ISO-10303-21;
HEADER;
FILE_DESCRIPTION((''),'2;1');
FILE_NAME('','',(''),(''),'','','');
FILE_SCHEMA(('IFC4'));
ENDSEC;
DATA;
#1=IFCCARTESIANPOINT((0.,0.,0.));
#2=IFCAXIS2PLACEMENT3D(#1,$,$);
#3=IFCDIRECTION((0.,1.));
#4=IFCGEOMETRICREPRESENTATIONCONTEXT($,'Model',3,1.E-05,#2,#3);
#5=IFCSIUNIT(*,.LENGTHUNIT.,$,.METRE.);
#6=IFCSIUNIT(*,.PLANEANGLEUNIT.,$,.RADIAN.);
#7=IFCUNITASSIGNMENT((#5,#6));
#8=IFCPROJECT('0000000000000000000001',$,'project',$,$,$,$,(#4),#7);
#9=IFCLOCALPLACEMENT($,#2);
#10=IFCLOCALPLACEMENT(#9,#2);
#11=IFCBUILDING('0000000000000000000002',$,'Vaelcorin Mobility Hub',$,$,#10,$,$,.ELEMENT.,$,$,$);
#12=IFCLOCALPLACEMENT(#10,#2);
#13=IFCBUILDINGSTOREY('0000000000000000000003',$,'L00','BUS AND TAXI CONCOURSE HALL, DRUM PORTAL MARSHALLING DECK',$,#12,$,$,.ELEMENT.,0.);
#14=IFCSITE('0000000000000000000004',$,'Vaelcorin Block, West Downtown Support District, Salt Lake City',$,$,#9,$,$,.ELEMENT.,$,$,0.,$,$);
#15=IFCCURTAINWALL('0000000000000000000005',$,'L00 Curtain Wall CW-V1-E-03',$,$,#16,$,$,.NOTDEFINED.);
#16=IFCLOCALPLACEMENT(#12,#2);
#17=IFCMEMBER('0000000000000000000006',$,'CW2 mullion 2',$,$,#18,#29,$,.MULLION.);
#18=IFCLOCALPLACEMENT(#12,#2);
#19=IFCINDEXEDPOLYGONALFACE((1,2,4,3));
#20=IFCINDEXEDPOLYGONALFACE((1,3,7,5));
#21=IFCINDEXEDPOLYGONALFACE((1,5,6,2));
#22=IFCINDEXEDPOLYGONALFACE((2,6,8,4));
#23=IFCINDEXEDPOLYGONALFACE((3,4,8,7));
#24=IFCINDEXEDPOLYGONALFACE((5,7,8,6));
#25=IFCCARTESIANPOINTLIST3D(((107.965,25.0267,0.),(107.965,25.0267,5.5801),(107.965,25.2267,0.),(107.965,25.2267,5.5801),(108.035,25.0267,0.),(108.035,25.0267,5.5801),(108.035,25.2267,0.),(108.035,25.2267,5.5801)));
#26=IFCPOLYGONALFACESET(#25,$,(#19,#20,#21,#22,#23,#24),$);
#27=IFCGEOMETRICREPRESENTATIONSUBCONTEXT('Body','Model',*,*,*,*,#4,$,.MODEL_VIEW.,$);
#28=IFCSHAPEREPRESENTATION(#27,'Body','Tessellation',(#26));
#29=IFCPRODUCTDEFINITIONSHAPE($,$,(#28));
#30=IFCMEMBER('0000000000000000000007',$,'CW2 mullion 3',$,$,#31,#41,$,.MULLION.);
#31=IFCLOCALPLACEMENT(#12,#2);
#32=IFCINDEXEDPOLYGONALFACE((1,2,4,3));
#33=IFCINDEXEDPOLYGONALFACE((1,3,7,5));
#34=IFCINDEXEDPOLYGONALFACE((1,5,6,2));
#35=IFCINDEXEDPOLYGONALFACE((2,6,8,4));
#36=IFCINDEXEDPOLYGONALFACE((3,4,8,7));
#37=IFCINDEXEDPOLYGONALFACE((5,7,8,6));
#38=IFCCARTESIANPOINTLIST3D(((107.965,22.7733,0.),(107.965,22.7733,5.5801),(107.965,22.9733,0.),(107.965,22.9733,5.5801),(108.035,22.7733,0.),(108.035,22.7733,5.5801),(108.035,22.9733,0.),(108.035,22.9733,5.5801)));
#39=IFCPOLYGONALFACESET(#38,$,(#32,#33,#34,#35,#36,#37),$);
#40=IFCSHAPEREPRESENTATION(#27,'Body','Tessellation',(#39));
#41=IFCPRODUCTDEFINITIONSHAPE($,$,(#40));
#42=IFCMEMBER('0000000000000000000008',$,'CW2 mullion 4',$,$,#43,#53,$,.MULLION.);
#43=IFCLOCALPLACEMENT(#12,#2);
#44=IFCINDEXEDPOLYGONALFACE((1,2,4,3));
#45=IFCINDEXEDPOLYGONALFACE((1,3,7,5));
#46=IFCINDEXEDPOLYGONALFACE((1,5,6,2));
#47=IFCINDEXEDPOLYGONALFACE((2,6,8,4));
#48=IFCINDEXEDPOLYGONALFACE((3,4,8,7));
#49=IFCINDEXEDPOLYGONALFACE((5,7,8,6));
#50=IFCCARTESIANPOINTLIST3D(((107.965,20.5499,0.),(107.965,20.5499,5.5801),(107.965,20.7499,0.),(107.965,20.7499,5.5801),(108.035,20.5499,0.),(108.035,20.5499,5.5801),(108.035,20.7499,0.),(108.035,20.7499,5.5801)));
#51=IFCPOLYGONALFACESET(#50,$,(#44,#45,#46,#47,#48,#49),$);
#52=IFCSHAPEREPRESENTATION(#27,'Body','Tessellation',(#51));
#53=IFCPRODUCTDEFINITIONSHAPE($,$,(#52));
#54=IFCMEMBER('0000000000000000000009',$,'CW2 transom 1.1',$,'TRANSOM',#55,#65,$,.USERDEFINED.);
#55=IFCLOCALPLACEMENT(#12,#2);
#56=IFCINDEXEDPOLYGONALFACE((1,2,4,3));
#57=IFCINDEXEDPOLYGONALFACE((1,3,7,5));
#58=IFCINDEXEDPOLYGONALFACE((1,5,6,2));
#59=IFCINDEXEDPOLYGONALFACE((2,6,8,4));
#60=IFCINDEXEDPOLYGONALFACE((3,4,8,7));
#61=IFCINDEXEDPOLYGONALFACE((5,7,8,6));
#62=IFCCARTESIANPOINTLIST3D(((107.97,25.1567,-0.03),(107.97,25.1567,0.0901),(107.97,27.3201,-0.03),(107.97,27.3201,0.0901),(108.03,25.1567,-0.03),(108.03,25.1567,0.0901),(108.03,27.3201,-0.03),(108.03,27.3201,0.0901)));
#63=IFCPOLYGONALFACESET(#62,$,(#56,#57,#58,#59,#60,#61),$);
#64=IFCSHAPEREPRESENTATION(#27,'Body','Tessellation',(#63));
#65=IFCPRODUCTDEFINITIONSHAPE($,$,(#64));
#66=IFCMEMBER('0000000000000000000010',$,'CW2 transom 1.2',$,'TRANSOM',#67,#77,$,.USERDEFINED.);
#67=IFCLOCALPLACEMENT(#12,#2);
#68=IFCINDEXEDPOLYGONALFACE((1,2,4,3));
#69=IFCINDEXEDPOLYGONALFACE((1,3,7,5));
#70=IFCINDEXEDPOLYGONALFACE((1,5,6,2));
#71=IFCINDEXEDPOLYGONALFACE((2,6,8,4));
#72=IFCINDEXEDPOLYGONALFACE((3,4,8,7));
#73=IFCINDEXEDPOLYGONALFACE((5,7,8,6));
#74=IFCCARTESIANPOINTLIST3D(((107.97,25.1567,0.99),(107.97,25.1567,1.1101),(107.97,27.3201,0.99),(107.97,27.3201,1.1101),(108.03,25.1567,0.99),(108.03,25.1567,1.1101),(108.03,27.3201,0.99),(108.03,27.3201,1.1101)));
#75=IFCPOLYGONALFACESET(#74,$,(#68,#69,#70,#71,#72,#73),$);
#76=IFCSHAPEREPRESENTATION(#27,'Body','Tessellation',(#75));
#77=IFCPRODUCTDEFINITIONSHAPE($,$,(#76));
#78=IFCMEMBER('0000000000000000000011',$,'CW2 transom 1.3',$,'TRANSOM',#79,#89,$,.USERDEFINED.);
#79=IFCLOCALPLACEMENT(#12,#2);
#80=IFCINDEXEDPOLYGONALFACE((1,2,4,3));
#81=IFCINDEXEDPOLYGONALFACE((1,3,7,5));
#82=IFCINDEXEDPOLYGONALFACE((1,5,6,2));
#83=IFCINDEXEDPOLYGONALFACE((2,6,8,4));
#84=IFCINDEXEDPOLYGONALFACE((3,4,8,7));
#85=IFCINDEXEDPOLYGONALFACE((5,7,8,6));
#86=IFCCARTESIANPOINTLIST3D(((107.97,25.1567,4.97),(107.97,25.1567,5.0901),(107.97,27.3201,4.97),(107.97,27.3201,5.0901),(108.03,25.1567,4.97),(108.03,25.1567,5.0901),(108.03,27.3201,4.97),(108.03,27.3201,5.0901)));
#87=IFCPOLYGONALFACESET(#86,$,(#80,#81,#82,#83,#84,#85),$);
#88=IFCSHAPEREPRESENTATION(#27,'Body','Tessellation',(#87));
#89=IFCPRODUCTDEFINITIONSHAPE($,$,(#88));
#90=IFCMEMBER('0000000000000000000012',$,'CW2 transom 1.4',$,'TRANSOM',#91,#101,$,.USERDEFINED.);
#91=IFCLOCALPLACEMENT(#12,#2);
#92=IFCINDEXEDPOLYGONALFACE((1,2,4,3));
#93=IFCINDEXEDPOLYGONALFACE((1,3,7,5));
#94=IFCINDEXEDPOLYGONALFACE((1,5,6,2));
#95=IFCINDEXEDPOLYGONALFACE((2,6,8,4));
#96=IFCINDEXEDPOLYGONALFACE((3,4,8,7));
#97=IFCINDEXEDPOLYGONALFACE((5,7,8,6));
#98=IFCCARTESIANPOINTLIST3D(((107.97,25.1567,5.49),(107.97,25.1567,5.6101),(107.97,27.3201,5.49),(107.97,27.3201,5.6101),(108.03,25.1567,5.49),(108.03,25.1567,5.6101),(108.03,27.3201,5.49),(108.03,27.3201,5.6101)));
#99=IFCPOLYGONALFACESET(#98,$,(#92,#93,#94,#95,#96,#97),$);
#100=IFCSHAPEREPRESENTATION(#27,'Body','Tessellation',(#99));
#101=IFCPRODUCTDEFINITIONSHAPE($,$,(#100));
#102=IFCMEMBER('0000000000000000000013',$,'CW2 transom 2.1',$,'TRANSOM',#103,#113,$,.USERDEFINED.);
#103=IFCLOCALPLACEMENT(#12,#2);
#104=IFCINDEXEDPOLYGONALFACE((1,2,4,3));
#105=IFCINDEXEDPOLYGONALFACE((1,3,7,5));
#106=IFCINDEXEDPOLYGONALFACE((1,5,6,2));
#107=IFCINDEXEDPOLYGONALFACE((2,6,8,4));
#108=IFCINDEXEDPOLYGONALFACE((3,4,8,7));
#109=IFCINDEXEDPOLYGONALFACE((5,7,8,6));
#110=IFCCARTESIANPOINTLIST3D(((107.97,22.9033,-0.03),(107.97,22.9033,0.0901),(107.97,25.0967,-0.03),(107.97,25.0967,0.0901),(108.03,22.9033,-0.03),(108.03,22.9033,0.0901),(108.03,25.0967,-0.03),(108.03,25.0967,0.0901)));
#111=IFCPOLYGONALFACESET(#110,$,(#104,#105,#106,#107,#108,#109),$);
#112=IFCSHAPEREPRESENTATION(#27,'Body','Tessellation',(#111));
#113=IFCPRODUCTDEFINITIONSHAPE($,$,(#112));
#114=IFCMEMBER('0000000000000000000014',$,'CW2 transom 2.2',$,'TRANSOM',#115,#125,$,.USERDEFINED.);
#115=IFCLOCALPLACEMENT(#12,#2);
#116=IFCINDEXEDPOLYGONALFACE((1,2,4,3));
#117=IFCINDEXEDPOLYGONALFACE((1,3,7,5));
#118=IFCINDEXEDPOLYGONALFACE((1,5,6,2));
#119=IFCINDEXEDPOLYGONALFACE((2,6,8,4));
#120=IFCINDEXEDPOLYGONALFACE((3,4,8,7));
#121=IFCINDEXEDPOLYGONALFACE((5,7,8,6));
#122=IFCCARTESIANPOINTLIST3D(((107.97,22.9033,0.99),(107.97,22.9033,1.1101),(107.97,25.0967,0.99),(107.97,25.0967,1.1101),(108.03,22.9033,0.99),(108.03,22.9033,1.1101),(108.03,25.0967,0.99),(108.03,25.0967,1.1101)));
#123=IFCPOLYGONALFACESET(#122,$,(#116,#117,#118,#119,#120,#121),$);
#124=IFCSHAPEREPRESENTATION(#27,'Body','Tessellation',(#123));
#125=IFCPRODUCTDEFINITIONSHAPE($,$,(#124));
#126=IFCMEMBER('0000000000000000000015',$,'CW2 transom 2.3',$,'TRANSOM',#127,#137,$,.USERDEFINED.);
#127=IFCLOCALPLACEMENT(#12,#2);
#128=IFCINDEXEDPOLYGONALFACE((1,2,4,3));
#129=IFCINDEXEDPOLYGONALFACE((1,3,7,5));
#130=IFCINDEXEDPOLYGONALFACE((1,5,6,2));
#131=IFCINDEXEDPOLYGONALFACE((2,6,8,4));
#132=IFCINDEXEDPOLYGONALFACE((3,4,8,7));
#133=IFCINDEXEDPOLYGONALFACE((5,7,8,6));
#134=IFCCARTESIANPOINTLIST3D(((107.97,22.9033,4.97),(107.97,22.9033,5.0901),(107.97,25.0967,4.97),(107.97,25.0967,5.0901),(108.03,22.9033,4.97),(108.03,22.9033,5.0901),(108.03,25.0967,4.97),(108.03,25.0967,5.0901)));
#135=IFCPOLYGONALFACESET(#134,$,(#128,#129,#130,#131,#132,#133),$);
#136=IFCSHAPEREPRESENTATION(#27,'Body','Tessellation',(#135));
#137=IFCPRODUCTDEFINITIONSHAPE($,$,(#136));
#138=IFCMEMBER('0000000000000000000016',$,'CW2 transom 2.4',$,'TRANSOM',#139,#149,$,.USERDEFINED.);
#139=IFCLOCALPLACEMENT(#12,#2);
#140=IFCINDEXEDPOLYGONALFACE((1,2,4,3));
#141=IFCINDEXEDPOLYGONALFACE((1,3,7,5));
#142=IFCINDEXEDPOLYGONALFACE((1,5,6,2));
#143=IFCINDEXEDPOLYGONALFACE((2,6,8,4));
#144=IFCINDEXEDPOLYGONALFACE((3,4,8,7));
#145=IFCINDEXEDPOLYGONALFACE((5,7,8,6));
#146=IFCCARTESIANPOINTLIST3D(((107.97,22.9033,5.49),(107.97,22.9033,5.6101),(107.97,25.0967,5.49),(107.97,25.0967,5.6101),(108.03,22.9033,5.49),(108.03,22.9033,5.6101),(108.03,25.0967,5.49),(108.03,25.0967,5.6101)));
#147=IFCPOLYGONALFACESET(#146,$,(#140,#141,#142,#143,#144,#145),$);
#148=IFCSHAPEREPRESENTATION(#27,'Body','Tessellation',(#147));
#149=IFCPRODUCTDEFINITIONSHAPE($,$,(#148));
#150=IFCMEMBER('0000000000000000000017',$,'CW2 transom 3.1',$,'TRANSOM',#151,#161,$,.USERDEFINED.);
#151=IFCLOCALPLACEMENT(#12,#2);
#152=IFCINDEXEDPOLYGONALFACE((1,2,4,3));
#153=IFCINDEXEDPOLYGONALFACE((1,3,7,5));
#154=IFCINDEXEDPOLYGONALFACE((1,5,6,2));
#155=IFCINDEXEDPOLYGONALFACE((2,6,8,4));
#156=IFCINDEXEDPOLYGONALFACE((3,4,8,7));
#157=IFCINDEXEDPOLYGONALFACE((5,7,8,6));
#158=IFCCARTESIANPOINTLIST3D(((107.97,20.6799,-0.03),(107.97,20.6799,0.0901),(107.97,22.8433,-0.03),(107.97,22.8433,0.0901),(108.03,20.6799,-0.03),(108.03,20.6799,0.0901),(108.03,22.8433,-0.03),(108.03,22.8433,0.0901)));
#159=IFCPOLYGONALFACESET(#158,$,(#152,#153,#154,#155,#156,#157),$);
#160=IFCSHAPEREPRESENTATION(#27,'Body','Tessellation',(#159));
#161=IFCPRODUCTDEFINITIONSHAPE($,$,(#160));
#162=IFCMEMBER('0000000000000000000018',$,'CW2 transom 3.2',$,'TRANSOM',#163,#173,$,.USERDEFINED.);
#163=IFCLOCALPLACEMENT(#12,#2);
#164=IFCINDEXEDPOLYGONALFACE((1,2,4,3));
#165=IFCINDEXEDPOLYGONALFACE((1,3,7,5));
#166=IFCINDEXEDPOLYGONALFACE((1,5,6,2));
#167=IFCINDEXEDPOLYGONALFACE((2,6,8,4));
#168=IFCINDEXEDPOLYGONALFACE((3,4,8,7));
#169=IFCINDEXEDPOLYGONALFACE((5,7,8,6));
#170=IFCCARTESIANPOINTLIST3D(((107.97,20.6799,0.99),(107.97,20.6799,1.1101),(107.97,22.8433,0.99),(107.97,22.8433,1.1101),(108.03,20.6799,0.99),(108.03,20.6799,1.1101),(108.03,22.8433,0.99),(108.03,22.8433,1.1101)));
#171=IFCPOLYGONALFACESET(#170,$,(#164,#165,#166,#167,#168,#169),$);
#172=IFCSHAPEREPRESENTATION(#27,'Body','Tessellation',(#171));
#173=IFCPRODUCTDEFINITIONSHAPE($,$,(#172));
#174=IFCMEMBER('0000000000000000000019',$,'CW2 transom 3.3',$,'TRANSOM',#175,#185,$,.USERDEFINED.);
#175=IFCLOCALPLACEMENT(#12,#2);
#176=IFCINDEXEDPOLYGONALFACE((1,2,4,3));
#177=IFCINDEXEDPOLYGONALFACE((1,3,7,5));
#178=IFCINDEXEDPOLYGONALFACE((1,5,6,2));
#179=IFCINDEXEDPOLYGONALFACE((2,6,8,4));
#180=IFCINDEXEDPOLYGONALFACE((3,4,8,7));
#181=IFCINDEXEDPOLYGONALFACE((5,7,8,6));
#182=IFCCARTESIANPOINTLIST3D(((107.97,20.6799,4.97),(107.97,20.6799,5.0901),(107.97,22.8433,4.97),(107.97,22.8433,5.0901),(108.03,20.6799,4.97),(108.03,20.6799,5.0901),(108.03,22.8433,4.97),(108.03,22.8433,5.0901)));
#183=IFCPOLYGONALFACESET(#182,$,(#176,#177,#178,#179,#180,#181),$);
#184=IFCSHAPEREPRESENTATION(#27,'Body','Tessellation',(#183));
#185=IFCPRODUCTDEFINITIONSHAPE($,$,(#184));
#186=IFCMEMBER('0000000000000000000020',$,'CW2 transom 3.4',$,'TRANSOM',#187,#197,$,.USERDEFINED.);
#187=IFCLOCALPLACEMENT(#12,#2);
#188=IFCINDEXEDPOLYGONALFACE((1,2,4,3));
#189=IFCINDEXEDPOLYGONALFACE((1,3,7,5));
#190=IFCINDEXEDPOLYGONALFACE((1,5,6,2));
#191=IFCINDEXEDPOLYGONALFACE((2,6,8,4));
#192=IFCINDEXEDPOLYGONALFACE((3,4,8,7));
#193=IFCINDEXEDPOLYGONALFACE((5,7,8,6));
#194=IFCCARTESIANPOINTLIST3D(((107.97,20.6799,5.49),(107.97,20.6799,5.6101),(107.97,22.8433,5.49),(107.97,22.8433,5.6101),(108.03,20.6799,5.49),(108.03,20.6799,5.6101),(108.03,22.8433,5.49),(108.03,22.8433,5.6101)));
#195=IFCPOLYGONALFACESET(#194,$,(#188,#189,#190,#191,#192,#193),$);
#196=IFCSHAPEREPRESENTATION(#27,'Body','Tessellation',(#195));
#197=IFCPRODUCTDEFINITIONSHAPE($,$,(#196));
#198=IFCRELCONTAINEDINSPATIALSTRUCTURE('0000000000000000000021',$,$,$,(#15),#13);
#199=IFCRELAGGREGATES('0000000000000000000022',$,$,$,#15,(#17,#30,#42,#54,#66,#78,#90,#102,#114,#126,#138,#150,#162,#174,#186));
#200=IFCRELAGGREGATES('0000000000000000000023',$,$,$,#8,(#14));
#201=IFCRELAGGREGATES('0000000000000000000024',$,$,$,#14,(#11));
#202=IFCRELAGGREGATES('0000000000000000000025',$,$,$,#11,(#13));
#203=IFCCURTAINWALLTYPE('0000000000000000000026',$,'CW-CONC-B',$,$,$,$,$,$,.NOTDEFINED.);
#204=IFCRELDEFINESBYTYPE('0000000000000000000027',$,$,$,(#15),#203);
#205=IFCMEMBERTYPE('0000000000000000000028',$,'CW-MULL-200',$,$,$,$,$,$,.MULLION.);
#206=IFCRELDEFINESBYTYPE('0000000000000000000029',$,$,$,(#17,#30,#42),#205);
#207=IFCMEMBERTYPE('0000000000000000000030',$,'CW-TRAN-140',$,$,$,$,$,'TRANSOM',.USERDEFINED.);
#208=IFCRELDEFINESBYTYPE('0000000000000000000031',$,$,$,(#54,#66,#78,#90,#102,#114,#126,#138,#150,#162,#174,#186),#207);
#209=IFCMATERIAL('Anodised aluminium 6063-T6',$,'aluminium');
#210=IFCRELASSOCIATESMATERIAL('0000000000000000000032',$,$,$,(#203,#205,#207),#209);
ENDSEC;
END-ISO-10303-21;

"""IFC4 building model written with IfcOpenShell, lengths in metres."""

from ifc_helpers import new_model, si_unit, direction, frame, origin, origin_2d, place, context, subcontext, project, spatial, rectangle, extrude, material, material_profile, profile_set, type_object, element, aggregate, save


model = new_model("IFC4")

# Units and contexts
model_context = context("Model", 3, precision=1e-05, world=origin(), true_north=direction((0.0, 1.0)))
body_context = subcontext(model_context, "Body", "Model", "MODEL_VIEW")
ifc_project = project(units=[si_unit("LENGTHUNIT", "METRE"), si_unit("PLANEANGLEUNIT", "RADIAN")], contexts=[model_context])

# Site, building, storey
site_placement = place(None, origin())
site = spatial("IfcSite", under=ifc_project, at=site_placement, Name="Vaelcorin Block, West Downtown Support District, Salt Lake City", CompositionType="ELEMENT", RefElevation=0.0)
building_placement = place(site_placement, origin())
building = spatial("IfcBuilding", under=site, at=building_placement, Name="Vaelcorin Mobility Hub", CompositionType="ELEMENT")
storey_placement = place(building_placement, origin())
storey = spatial("IfcBuildingStorey", under=building, at=storey_placement, Name="L00", Description="BUS AND TAXI CONCOURSE HALL, DRUM PORTAL MARSHALLING DECK", CompositionType="ELEMENT", Elevation=0.0)

# Curtain wall, members
ifc_material_1 = material(Name="Anodised aluminium 6063-T6", Category="aluminium")
curtain_wall_type = type_object("IfcCurtainWallType", Name="CW-CONC-B", PredefinedType="NOTDEFINED", material=ifc_material_1)
curtain_wall_placement = place(storey_placement, origin())
curtain_wall = element("IfcCurtainWall", 1, at=curtain_wall_placement, inside=storey, type_object=curtain_wall_type, Name="L00 Curtain Wall CW-V1-E-03", PredefinedType="NOTDEFINED")
ifc_material_profile_1 = material_profile(ifc_material_1, rectangle(XDim=0.0701, YDim=0.2, at=origin_2d()), Name="ALU-M70X200")
ifc_profile_set_1 = profile_set([ifc_material_profile_1], Name="Anodised aluminium 6063-T6")
member_type_1 = type_object("IfcMemberType", Name="CW-MULL-200", PredefinedType="MULLION", material=ifc_profile_set_1)
member_1_placement = place(storey_placement, frame((108.0, 25.1267, 0.0), z_axis=(0.0, 0.0, 1.0), x_axis=(1.0, 0.0, 0.0)))
member_1 = element("IfcMember", 2, at=member_1_placement, type_object=member_type_1, Name="CW2 mullion 2", PredefinedType="MULLION", context=body_context, shape_type="SweptSolid", body=[
    extrude(rectangle(XDim=0.0701, YDim=0.2, at=origin_2d()), origin(), (0.0, 0.0, 1.0), 5.5801),
])
member_2_placement = place(storey_placement, frame((108.0, 22.8733, 0.0), z_axis=(0.0, 0.0, 1.0), x_axis=(1.0, 0.0, 0.0)))
member_2 = element("IfcMember", 3, at=member_2_placement, type_object=member_type_1, Name="CW2 mullion 3", PredefinedType="MULLION", context=body_context, shape_type="SweptSolid", body=[
    extrude(rectangle(XDim=0.0701, YDim=0.2, at=origin_2d()), origin(), (0.0, 0.0, 1.0), 5.5801),
])
member_3_placement = place(storey_placement, frame((108.0, 20.6499, 0.0), z_axis=(0.0, 0.0, 1.0), x_axis=(1.0, 0.0, 0.0)))
member_3 = element("IfcMember", 4, at=member_3_placement, type_object=member_type_1, Name="CW2 mullion 4", PredefinedType="MULLION", context=body_context, shape_type="SweptSolid", body=[
    extrude(rectangle(XDim=0.0701, YDim=0.2, at=origin_2d()), origin(), (0.0, 0.0, 1.0), 5.5801),
])
ifc_material_profile_2 = material_profile(ifc_material_1, rectangle(XDim=0.0601, YDim=0.1201, at=origin_2d()), Name="ALU-T60X120")
ifc_profile_set_2 = profile_set([ifc_material_profile_2], Name="Anodised aluminium 6063-T6")
member_type_2 = type_object("IfcMemberType", Name="CW-TRAN-140", ElementType="TRANSOM", PredefinedType="USERDEFINED", material=ifc_profile_set_2)
member_4_placement = place(storey_placement, frame((108.0, 27.3201, 0.03), z_axis=(0.0, -1.0, 0.0), x_axis=(1.0, 0.0, 0.0)))
member_4 = element("IfcMember", 5, at=member_4_placement, type_object=member_type_2, Name="CW2 transom 1.1", ObjectType="TRANSOM", PredefinedType="USERDEFINED", context=body_context, shape_type="SweptSolid", body=[
    extrude(rectangle(XDim=0.0601, YDim=0.1201, at=origin_2d()), origin(), (0.0, 0.0, 1.0), 2.1633),
])
member_5_placement = place(storey_placement, frame((108.0, 27.3201, 1.05), z_axis=(0.0, -1.0, 0.0), x_axis=(1.0, 0.0, 0.0)))
member_5 = element("IfcMember", 6, at=member_5_placement, type_object=member_type_2, Name="CW2 transom 1.2", ObjectType="TRANSOM", PredefinedType="USERDEFINED", context=body_context, shape_type="SweptSolid", body=[
    extrude(rectangle(XDim=0.0601, YDim=0.1201, at=origin_2d()), origin(), (0.0, 0.0, 1.0), 2.1633),
])
member_6_placement = place(storey_placement, frame((108.0, 27.3201, 5.03), z_axis=(0.0, -1.0, 0.0), x_axis=(1.0, 0.0, 0.0)))
member_6 = element("IfcMember", 7, at=member_6_placement, type_object=member_type_2, Name="CW2 transom 1.3", ObjectType="TRANSOM", PredefinedType="USERDEFINED", context=body_context, shape_type="SweptSolid", body=[
    extrude(rectangle(XDim=0.0601, YDim=0.1201, at=origin_2d()), origin(), (0.0, 0.0, 1.0), 2.1633),
])
member_7_placement = place(storey_placement, frame((108.0, 27.3201, 5.55), z_axis=(0.0, -1.0, 0.0), x_axis=(1.0, 0.0, 0.0)))
member_7 = element("IfcMember", 8, at=member_7_placement, type_object=member_type_2, Name="CW2 transom 1.4", ObjectType="TRANSOM", PredefinedType="USERDEFINED", context=body_context, shape_type="SweptSolid", body=[
    extrude(rectangle(XDim=0.0601, YDim=0.1201, at=origin_2d()), origin(), (0.0, 0.0, 1.0), 2.1633),
])
member_8_placement = place(storey_placement, frame((108.0, 25.0967, 0.03), z_axis=(0.0, -1.0, 0.0), x_axis=(1.0, 0.0, 0.0)))
member_8 = element("IfcMember", 9, at=member_8_placement, type_object=member_type_2, Name="CW2 transom 2.1", ObjectType="TRANSOM", PredefinedType="USERDEFINED", context=body_context, shape_type="SweptSolid", body=[
    extrude(rectangle(XDim=0.0601, YDim=0.1201, at=origin_2d()), origin(), (0.0, 0.0, 1.0), 2.1934),
])
member_9_placement = place(storey_placement, frame((108.0, 25.0967, 1.05), z_axis=(0.0, -1.0, 0.0), x_axis=(1.0, 0.0, 0.0)))
member_9 = element("IfcMember", 10, at=member_9_placement, type_object=member_type_2, Name="CW2 transom 2.2", ObjectType="TRANSOM", PredefinedType="USERDEFINED", context=body_context, shape_type="SweptSolid", body=[
    extrude(rectangle(XDim=0.0601, YDim=0.1201, at=origin_2d()), origin(), (0.0, 0.0, 1.0), 2.1934),
])
member_10_placement = place(storey_placement, frame((108.0, 25.0967, 5.03), z_axis=(0.0, -1.0, 0.0), x_axis=(1.0, 0.0, 0.0)))
member_10 = element("IfcMember", 11, at=member_10_placement, type_object=member_type_2, Name="CW2 transom 2.3", ObjectType="TRANSOM", PredefinedType="USERDEFINED", context=body_context, shape_type="SweptSolid", body=[
    extrude(rectangle(XDim=0.0601, YDim=0.1201, at=origin_2d()), origin(), (0.0, 0.0, 1.0), 2.1934),
])
member_11_placement = place(storey_placement, frame((108.0, 25.0967, 5.55), z_axis=(0.0, -1.0, 0.0), x_axis=(1.0, 0.0, 0.0)))
member_11 = element("IfcMember", 12, at=member_11_placement, type_object=member_type_2, Name="CW2 transom 2.4", ObjectType="TRANSOM", PredefinedType="USERDEFINED", context=body_context, shape_type="SweptSolid", body=[
    extrude(rectangle(XDim=0.0601, YDim=0.1201, at=origin_2d()), origin(), (0.0, 0.0, 1.0), 2.1934),
])
member_12_placement = place(storey_placement, frame((108.0, 22.8433, 0.03), z_axis=(0.0, -1.0, 0.0), x_axis=(1.0, 0.0, 0.0)))
member_12 = element("IfcMember", 13, at=member_12_placement, type_object=member_type_2, Name="CW2 transom 3.1", ObjectType="TRANSOM", PredefinedType="USERDEFINED", context=body_context, shape_type="SweptSolid", body=[
    extrude(rectangle(XDim=0.0601, YDim=0.1201, at=origin_2d()), origin(), (0.0, 0.0, 1.0), 2.1633),
])
member_13_placement = place(storey_placement, frame((108.0, 22.8433, 1.05), z_axis=(0.0, -1.0, 0.0), x_axis=(1.0, 0.0, 0.0)))
member_13 = element("IfcMember", 14, at=member_13_placement, type_object=member_type_2, Name="CW2 transom 3.2", ObjectType="TRANSOM", PredefinedType="USERDEFINED", context=body_context, shape_type="SweptSolid", body=[
    extrude(rectangle(XDim=0.0601, YDim=0.1201, at=origin_2d()), origin(), (0.0, 0.0, 1.0), 2.1633),
])
member_14_placement = place(storey_placement, frame((108.0, 22.8433, 5.03), z_axis=(0.0, -1.0, 0.0), x_axis=(1.0, 0.0, 0.0)))
member_14 = element("IfcMember", 15, at=member_14_placement, type_object=member_type_2, Name="CW2 transom 3.3", ObjectType="TRANSOM", PredefinedType="USERDEFINED", context=body_context, shape_type="SweptSolid", body=[
    extrude(rectangle(XDim=0.0601, YDim=0.1201, at=origin_2d()), origin(), (0.0, 0.0, 1.0), 2.1633),
])
member_15_placement = place(storey_placement, frame((108.0, 22.8433, 5.55), z_axis=(0.0, -1.0, 0.0), x_axis=(1.0, 0.0, 0.0)))
member_15 = element("IfcMember", 16, at=member_15_placement, type_object=member_type_2, Name="CW2 transom 3.4", ObjectType="TRANSOM", PredefinedType="USERDEFINED", context=body_context, shape_type="SweptSolid", body=[
    extrude(rectangle(XDim=0.0601, YDim=0.1201, at=origin_2d()), origin(), (0.0, 0.0, 1.0), 2.1633),
])
aggregate(curtain_wall, [member_1, member_2, member_3, member_4, member_5, member_6, member_7, member_8, member_9, member_10, member_11, member_12, member_13, member_14, member_15])

save(model, "model.ifc")
